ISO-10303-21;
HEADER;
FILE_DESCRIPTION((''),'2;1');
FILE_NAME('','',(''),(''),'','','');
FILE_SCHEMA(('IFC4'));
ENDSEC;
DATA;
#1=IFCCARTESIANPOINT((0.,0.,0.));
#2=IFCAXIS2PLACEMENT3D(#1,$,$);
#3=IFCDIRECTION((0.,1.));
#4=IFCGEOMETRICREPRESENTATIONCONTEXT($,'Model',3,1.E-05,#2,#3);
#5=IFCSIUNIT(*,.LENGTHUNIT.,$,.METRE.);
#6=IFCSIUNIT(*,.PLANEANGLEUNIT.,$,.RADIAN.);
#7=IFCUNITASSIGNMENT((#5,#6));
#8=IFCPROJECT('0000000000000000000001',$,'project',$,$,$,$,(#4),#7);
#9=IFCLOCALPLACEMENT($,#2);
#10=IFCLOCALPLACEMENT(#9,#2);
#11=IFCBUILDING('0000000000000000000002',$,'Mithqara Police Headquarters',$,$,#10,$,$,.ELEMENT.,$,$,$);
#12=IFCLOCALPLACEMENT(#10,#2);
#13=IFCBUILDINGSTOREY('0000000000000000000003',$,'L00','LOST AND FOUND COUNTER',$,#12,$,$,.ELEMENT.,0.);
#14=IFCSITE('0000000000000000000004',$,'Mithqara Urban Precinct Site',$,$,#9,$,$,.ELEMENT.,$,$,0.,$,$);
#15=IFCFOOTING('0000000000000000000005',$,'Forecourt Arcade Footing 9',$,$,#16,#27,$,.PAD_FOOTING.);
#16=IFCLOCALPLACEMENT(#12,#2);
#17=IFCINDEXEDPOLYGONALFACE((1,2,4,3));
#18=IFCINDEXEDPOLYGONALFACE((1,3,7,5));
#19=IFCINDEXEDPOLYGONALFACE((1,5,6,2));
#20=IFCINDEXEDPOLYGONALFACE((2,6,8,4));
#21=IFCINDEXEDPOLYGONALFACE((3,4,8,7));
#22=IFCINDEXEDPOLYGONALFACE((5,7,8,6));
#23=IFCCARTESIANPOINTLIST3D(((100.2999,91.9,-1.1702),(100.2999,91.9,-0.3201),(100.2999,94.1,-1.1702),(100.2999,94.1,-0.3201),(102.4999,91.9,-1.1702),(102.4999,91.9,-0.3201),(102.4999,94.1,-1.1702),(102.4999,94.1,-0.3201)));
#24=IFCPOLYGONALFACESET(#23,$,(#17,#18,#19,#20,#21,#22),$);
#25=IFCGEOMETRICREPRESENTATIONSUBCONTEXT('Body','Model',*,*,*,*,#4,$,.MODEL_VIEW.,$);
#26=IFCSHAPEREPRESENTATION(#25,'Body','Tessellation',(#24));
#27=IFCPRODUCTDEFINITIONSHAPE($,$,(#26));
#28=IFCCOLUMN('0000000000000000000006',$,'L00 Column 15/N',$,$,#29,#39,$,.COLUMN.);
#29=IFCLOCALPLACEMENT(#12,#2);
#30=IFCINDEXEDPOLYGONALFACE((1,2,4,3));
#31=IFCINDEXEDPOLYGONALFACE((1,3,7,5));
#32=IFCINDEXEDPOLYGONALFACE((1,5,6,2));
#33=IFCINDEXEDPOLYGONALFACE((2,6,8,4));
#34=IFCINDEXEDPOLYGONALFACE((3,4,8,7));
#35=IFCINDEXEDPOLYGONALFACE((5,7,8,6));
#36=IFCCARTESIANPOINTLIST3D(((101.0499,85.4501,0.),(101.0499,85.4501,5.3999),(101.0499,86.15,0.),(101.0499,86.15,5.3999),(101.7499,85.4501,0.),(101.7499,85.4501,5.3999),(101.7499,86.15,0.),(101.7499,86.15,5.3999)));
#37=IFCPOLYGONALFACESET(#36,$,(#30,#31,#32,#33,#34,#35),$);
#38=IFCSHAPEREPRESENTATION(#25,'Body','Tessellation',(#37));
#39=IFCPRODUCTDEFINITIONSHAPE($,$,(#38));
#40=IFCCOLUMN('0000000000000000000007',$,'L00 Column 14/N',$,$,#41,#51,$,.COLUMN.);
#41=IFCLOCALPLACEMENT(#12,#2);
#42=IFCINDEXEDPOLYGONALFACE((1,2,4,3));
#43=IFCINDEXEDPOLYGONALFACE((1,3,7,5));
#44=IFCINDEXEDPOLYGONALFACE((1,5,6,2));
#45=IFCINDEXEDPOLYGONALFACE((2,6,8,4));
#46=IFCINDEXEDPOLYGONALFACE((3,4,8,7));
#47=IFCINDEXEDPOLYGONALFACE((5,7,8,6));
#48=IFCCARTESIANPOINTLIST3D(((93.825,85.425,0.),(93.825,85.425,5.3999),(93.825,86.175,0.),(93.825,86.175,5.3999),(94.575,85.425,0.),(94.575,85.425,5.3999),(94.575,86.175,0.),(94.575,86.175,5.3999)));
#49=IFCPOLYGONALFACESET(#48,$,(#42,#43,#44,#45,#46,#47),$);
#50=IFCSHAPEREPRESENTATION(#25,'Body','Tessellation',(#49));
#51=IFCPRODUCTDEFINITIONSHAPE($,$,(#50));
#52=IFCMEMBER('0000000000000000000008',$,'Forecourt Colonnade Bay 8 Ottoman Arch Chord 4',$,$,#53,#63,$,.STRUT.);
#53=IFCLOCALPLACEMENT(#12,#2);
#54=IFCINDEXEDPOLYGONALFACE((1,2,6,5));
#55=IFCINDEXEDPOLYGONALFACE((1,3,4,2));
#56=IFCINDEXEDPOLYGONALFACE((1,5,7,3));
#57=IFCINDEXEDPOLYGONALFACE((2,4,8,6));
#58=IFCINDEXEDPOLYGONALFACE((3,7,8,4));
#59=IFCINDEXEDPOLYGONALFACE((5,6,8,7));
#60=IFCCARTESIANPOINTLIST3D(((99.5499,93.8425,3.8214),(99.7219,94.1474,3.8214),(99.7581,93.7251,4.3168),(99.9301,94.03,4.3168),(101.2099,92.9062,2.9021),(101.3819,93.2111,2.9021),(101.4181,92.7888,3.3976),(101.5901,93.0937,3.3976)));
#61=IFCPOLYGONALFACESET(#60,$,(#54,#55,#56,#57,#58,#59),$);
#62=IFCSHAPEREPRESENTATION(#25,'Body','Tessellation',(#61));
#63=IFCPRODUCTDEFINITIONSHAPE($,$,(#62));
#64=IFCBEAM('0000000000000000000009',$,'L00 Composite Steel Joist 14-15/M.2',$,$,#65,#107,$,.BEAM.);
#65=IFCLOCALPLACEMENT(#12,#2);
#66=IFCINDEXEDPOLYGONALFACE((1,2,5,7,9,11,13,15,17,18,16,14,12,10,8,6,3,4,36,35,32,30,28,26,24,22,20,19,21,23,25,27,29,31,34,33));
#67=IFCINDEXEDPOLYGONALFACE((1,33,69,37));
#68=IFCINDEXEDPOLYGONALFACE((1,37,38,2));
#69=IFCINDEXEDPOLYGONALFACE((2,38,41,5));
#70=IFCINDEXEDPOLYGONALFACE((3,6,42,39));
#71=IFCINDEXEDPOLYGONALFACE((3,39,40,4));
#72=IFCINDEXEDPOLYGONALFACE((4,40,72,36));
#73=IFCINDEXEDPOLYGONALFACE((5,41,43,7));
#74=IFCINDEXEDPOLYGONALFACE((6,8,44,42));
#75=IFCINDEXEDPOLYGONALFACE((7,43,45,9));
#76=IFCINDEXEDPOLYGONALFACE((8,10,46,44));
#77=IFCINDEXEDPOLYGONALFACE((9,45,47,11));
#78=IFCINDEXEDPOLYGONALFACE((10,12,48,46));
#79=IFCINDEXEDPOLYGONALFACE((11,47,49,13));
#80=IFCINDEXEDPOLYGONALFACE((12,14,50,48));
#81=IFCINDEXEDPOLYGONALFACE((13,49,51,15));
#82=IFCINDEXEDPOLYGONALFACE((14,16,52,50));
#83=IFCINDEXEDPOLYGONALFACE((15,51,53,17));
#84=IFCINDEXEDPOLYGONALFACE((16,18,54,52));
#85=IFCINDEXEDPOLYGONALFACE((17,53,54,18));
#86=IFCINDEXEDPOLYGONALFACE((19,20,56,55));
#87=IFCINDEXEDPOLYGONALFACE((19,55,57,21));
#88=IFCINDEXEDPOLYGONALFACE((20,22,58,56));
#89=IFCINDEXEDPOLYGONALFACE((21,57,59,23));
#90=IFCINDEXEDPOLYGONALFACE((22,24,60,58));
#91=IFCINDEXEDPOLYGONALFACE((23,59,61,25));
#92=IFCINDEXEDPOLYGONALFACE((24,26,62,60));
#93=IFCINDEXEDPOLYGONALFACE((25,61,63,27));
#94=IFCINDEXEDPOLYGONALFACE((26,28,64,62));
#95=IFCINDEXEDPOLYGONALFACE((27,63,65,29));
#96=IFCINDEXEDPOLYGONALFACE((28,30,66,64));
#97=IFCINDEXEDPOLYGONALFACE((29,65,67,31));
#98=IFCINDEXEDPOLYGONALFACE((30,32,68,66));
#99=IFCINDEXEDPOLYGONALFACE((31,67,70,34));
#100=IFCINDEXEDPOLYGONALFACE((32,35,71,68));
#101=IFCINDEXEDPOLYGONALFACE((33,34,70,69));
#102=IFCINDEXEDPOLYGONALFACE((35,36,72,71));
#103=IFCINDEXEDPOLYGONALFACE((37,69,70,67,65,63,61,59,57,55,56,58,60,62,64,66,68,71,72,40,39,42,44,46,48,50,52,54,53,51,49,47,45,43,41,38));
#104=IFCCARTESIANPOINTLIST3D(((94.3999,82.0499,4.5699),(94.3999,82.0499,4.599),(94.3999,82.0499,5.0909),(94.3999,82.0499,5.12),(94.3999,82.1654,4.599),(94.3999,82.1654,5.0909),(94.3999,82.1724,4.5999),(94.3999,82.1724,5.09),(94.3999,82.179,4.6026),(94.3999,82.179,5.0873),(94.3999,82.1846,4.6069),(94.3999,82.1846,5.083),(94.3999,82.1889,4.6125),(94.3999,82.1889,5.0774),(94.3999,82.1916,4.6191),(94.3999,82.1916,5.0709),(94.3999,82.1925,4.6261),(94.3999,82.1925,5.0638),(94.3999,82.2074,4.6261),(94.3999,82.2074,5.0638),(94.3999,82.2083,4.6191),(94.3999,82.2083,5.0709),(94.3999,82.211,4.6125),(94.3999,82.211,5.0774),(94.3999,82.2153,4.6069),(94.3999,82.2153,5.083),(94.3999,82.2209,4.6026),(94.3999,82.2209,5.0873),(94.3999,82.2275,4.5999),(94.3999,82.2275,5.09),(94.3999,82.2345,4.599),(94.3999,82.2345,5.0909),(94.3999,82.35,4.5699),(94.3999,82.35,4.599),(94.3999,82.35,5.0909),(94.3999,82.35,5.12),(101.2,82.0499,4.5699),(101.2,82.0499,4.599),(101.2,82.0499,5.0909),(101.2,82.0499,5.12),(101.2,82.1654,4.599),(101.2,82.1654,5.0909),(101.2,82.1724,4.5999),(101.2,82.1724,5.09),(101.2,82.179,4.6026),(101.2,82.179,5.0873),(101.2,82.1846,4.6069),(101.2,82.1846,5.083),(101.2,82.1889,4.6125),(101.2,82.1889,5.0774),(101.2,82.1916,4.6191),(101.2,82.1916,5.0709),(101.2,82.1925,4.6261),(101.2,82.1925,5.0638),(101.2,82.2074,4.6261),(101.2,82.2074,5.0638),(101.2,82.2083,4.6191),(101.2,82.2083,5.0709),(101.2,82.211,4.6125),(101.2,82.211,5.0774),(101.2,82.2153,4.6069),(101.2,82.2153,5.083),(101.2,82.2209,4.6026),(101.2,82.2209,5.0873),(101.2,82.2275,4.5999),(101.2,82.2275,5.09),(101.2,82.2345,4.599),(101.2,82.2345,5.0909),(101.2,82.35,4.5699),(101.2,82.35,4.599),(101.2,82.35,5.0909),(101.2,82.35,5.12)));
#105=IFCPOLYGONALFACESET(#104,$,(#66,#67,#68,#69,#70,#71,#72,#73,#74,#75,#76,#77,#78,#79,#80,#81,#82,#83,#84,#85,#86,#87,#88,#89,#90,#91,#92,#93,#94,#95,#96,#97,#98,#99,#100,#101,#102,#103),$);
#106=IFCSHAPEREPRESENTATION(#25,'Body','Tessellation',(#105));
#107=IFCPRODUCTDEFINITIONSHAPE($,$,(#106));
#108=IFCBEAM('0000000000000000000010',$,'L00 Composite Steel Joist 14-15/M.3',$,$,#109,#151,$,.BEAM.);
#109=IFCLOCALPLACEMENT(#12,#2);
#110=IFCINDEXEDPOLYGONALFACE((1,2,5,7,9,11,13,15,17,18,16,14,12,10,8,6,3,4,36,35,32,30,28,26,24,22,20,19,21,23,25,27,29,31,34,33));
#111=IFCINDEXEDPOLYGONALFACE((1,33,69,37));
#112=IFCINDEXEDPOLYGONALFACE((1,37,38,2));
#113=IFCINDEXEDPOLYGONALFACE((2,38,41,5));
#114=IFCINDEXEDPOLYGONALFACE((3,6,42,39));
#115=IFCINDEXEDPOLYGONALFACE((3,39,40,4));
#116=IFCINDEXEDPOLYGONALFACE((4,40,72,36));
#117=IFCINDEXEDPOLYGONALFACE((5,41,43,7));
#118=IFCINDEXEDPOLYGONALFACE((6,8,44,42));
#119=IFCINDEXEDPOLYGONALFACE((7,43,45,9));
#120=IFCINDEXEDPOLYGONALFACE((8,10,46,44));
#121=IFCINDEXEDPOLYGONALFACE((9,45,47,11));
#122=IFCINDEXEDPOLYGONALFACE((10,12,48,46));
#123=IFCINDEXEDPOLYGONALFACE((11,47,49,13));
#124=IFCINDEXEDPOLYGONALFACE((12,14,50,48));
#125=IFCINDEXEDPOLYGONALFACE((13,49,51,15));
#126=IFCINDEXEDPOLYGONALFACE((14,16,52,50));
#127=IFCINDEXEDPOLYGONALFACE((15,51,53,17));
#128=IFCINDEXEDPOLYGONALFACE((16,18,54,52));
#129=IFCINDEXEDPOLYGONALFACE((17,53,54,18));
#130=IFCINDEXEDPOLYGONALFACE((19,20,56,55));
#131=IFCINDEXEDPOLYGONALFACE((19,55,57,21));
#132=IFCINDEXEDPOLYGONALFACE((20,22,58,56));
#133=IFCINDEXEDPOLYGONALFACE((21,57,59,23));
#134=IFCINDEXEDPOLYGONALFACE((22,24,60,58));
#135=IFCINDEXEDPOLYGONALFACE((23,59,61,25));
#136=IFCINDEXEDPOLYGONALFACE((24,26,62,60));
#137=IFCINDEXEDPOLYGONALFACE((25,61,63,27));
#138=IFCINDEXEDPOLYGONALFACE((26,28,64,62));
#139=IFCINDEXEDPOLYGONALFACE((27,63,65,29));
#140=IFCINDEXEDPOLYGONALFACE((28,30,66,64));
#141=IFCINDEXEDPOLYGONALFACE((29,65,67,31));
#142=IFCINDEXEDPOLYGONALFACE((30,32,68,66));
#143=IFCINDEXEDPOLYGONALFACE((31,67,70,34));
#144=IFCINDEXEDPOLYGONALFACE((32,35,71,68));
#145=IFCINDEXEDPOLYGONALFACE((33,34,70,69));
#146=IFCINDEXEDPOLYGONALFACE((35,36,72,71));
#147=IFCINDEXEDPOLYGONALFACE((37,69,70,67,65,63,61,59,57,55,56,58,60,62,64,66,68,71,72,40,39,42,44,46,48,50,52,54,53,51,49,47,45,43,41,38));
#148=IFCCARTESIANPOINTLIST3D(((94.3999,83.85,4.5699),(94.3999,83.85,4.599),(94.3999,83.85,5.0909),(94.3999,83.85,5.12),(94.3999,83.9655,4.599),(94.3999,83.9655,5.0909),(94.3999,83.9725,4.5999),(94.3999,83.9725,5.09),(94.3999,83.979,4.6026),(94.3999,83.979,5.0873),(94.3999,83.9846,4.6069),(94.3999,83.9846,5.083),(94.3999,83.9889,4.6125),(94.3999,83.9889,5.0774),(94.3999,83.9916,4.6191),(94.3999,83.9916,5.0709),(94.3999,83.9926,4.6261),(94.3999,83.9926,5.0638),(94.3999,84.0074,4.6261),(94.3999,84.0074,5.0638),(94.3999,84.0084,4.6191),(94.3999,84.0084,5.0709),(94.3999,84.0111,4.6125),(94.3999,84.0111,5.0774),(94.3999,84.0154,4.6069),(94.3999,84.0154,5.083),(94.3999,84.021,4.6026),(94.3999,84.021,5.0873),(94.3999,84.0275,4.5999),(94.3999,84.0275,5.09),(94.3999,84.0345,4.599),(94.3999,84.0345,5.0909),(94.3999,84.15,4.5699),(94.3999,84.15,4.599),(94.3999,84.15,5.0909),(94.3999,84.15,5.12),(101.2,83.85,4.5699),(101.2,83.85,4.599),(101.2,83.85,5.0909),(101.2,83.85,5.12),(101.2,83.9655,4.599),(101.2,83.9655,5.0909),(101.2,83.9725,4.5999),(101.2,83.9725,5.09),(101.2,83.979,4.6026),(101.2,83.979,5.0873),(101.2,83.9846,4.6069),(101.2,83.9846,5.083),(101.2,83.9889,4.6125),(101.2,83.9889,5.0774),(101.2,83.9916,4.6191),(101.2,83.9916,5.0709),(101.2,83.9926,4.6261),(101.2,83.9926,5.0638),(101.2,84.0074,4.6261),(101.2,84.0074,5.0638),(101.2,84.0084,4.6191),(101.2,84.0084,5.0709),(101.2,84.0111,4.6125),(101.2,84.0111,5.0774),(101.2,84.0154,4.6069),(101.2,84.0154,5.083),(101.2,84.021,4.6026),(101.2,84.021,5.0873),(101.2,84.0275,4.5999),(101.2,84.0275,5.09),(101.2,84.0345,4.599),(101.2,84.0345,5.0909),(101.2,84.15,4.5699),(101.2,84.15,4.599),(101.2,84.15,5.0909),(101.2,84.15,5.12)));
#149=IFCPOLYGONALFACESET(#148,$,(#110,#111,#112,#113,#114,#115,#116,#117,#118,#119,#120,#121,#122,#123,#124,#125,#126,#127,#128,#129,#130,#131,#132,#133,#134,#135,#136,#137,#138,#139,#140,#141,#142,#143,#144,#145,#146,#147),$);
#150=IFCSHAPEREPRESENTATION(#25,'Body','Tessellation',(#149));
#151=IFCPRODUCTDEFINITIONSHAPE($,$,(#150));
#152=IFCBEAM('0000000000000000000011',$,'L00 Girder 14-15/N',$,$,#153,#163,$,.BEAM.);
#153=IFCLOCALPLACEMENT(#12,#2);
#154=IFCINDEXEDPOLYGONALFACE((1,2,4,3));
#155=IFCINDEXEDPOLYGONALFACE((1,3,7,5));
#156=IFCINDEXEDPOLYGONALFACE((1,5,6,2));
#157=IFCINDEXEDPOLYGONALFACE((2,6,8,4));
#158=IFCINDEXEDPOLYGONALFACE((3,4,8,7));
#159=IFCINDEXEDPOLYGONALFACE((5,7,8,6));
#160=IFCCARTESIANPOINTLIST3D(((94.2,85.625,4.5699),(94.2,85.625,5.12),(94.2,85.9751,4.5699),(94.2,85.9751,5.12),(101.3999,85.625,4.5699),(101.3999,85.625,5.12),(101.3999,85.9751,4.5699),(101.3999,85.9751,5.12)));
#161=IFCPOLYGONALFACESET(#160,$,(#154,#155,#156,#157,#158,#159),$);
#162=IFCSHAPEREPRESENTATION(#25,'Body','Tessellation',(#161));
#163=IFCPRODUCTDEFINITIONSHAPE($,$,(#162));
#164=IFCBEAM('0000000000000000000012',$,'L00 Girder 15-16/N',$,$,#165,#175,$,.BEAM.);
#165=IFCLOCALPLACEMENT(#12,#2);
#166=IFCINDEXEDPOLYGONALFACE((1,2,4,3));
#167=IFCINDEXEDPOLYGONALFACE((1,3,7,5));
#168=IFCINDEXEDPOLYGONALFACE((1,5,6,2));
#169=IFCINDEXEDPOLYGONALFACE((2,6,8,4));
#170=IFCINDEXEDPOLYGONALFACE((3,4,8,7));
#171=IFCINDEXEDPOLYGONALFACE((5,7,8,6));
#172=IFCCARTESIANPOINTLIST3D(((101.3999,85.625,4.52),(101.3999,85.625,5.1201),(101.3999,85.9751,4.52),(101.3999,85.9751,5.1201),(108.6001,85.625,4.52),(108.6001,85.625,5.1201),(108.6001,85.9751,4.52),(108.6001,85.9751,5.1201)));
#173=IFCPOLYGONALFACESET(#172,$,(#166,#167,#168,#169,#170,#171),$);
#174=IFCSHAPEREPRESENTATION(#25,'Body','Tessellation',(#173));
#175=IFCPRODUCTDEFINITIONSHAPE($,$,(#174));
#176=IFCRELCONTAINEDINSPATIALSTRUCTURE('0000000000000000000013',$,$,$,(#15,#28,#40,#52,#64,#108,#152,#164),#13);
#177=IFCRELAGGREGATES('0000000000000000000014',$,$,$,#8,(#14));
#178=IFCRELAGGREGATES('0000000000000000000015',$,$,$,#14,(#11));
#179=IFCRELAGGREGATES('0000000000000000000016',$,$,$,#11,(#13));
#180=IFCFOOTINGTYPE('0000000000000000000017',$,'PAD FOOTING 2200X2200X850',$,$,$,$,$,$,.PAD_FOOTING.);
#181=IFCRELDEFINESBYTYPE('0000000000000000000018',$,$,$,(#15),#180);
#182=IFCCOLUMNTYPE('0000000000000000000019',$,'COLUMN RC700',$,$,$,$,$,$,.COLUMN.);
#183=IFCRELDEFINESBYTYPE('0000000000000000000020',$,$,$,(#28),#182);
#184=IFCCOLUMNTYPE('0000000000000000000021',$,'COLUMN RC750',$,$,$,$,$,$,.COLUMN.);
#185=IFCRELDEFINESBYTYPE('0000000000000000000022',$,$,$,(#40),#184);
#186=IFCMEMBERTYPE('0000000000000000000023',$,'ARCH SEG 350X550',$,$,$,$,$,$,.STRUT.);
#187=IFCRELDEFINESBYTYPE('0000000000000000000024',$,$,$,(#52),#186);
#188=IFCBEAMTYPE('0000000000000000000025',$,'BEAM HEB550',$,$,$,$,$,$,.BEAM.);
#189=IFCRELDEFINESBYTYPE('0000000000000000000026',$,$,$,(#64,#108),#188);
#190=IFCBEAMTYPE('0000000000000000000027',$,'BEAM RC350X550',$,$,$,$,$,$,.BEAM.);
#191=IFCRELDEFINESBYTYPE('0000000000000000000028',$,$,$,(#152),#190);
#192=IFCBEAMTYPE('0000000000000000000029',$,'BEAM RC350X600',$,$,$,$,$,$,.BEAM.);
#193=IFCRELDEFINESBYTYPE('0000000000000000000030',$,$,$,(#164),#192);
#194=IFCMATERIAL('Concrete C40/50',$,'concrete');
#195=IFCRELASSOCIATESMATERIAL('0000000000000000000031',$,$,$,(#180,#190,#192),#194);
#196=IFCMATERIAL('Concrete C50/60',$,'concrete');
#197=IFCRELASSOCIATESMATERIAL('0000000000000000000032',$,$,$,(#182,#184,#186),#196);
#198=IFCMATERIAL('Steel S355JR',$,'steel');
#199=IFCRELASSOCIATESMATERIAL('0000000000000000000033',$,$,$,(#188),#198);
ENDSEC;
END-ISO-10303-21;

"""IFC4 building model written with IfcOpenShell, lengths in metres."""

from ifc_helpers import new_model, si_unit, direction, frame, origin, origin_2d, place, context, subcontext, project, spatial, rectangle, i_section, extrude, material, material_profile, profile_set, type_object, element, save


model = new_model("IFC4")

# Units and contexts
model_context = context("Model", 3, precision=1e-05, world=origin(), true_north=direction((0.0, 1.0)))
body_context = subcontext(model_context, "Body", "Model", "MODEL_VIEW")
ifc_project = project(units=[si_unit("LENGTHUNIT", "METRE"), si_unit("PLANEANGLEUNIT", "RADIAN")], contexts=[model_context])

# Site, building, storey
site_placement = place(None, origin())
site = spatial("IfcSite", under=ifc_project, at=site_placement, Name="Mithqara Urban Precinct Site", CompositionType="ELEMENT", RefElevation=0.0)
building_placement = place(site_placement, origin())
building = spatial("IfcBuilding", under=site, at=building_placement, Name="Mithqara Police Headquarters", CompositionType="ELEMENT")
storey_placement = place(building_placement, origin())
storey = spatial("IfcBuildingStorey", under=building, at=storey_placement, Name="L00", Description="LOST AND FOUND COUNTER", CompositionType="ELEMENT", Elevation=0.0)

# Footing
ifc_material_1 = material(Name="Concrete C40/50", Category="concrete")
footing_type = type_object("IfcFootingType", Name="PAD FOOTING 2200X2200X850", PredefinedType="PAD_FOOTING", material=ifc_material_1)
footing_placement = place(storey_placement, frame((101.3999, 93.0, -1.1702), z_axis=(0.0, 0.0, 1.0), x_axis=(1.0, 0.0, 0.0)))
element("IfcFooting", 1, at=footing_placement, inside=storey, type_object=footing_type, Name="Forecourt Arcade Footing 9", PredefinedType="PAD_FOOTING", context=body_context, shape_type="SweptSolid", body=[
    extrude(rectangle(XDim=2.2, YDim=2.2, at=origin_2d()), origin(), (0.0, 0.0, 1.0), 0.8501),
])

# Columns
ifc_material_2 = material(Name="Concrete C50/60", Category="concrete")
ifc_material_profile_1 = material_profile(ifc_material_2, rectangle(XDim=0.7, YDim=0.7, at=origin_2d()), Name="RC 700x700")
ifc_profile_set_1 = profile_set([ifc_material_profile_1], Name="Concrete C50/60")
column_type_1 = type_object("IfcColumnType", Name="COLUMN RC700", PredefinedType="COLUMN", material=ifc_profile_set_1)
column_1_placement = place(storey_placement, frame((101.3999, 85.8, 0.0), z_axis=(0.0, 0.0, 1.0), x_axis=(1.0, 0.0, 0.0)))
element("IfcColumn", 2, at=column_1_placement, inside=storey, type_object=column_type_1, Name="L00 Column 15/N", PredefinedType="COLUMN", context=body_context, shape_type="SweptSolid", body=[
    extrude(rectangle(XDim=0.7, YDim=0.7, at=origin_2d()), origin(), (0.0, 0.0, 1.0), 5.3999),
])
ifc_material_profile_2 = material_profile(ifc_material_2, rectangle(XDim=0.75, YDim=0.75, at=origin_2d()), Name="RC 750x750")
ifc_profile_set_2 = profile_set([ifc_material_profile_2], Name="Concrete C50/60")
column_type_2 = type_object("IfcColumnType", Name="COLUMN RC750", PredefinedType="COLUMN", material=ifc_profile_set_2)
column_2_placement = place(storey_placement, frame((94.2, 85.8, 0.0), z_axis=(0.0, 0.0, 1.0), x_axis=(1.0, 0.0, 0.0)))
element("IfcColumn", 3, at=column_2_placement, inside=storey, type_object=column_type_2, Name="L00 Column 14/N", PredefinedType="COLUMN", context=body_context, shape_type="SweptSolid", body=[
    extrude(rectangle(XDim=0.75, YDim=0.75, at=origin_2d()), origin(), (0.0, 0.0, 1.0), 5.3999),
])

# Member
ifc_material_profile_3 = material_profile(ifc_material_2, rectangle(XDim=0.3501, YDim=0.55, at=origin_2d()), Name="ARC 350x550")
ifc_profile_set_3 = profile_set([ifc_material_profile_3], Name="Concrete C50/60")
member_type_1 = type_object("IfcMemberType", Name="ARCH SEG 350X550", PredefinedType="STRUT", material=ifc_profile_set_3)
member_1_placement = place(storey_placement, frame((99.74, 93.9363, 4.0691), z_axis=(0.784512, -0.442507, -0.43443), x_axis=(0.491289, 0.870997, 0.0)))
element("IfcMember", 4, at=member_1_placement, inside=storey, type_object=member_type_1, Name="Forecourt Colonnade Bay 8 Ottoman Arch Chord 4", PredefinedType="STRUT", context=body_context, shape_type="SweptSolid", body=[
    extrude(rectangle(XDim=0.3501, YDim=0.55, at=origin_2d()), origin(), (0.0, 0.0, 1.0), 2.116),
])

# Beams
ifc_material_3 = material(Name="Steel S355JR", Category="steel")
ifc_material_profile_4 = material_profile(ifc_material_3, i_section(OverallWidth=0.3, OverallDepth=0.55, WebThickness=0.0149, FlangeThickness=0.0291, FilletRadius=0.0271, at=origin_2d()), Name="HEB 550")
ifc_profile_set_4 = profile_set([ifc_material_profile_4], Name="Steel S355JR")
beam_type_1 = type_object("IfcBeamType", Name="BEAM HEB550", PredefinedType="BEAM", material=ifc_profile_set_4)
for number, where, z_axis, x_axis, name in (
    (5, (94.3999, 82.2, 4.845), (1.0, 0.0, 0.0), (0.0, 1.0, 0.0), "L00 Composite Steel Joist 14-15/M.2"),
    (6, (94.3999, 84.0, 4.845), (1.0, 0.0, 0.0), (0.0, 1.0, 0.0), "L00 Composite Steel Joist 14-15/M.3"),
):
    element("IfcBeam", number, at=place(storey_placement, frame(where, z_axis=z_axis, x_axis=x_axis)), inside=storey, type_object=beam_type_1, Name=name, PredefinedType="BEAM", context=body_context, shape_type="SweptSolid", body=[
        extrude(i_section(OverallWidth=0.3, OverallDepth=0.55, WebThickness=0.0149, FlangeThickness=0.0291, FilletRadius=0.0271, at=origin_2d()), origin(), (0.0, 0.0, 1.0), 6.8),
    ])
ifc_material_profile_5 = material_profile(ifc_material_1, rectangle(XDim=0.3501, YDim=0.55, at=origin_2d()), Name="RC 350x550")
ifc_profile_set_5 = profile_set([ifc_material_profile_5], Name="Concrete C40/50")
beam_type_2 = type_object("IfcBeamType", Name="BEAM RC350X550", PredefinedType="BEAM", material=ifc_profile_set_5)
beam_1_placement = place(storey_placement, frame((94.2, 85.8, 4.845), z_axis=(1.0, 0.0, 0.0), x_axis=(0.0, 1.0, 0.0)))
element("IfcBeam", 7, at=beam_1_placement, inside=storey, type_object=beam_type_2, Name="L00 Girder 14-15/N", PredefinedType="BEAM", context=body_context, shape_type="SweptSolid", body=[
    extrude(rectangle(XDim=0.3501, YDim=0.55, at=origin_2d()), origin(), (0.0, 0.0, 1.0), 7.2),
])
ifc_material_profile_6 = material_profile(ifc_material_1, rectangle(XDim=0.3501, YDim=0.6001, at=origin_2d()), Name="RC 350x600")
ifc_profile_set_6 = profile_set([ifc_material_profile_6], Name="Concrete C40/50")
beam_type_3 = type_object("IfcBeamType", Name="BEAM RC350X600", PredefinedType="BEAM", material=ifc_profile_set_6)
beam_2_placement = place(storey_placement, frame((101.3999, 85.8, 4.8201), z_axis=(1.0, 0.0, 0.0), x_axis=(0.0, 1.0, 0.0)))
element("IfcBeam", 8, at=beam_2_placement, inside=storey, type_object=beam_type_3, Name="L00 Girder 15-16/N", PredefinedType="BEAM", context=body_context, shape_type="SweptSolid", body=[
    extrude(rectangle(XDim=0.3501, YDim=0.6001, at=origin_2d()), origin(), (0.0, 0.0, 1.0), 7.2002),
])

save(model, "model.ifc")
